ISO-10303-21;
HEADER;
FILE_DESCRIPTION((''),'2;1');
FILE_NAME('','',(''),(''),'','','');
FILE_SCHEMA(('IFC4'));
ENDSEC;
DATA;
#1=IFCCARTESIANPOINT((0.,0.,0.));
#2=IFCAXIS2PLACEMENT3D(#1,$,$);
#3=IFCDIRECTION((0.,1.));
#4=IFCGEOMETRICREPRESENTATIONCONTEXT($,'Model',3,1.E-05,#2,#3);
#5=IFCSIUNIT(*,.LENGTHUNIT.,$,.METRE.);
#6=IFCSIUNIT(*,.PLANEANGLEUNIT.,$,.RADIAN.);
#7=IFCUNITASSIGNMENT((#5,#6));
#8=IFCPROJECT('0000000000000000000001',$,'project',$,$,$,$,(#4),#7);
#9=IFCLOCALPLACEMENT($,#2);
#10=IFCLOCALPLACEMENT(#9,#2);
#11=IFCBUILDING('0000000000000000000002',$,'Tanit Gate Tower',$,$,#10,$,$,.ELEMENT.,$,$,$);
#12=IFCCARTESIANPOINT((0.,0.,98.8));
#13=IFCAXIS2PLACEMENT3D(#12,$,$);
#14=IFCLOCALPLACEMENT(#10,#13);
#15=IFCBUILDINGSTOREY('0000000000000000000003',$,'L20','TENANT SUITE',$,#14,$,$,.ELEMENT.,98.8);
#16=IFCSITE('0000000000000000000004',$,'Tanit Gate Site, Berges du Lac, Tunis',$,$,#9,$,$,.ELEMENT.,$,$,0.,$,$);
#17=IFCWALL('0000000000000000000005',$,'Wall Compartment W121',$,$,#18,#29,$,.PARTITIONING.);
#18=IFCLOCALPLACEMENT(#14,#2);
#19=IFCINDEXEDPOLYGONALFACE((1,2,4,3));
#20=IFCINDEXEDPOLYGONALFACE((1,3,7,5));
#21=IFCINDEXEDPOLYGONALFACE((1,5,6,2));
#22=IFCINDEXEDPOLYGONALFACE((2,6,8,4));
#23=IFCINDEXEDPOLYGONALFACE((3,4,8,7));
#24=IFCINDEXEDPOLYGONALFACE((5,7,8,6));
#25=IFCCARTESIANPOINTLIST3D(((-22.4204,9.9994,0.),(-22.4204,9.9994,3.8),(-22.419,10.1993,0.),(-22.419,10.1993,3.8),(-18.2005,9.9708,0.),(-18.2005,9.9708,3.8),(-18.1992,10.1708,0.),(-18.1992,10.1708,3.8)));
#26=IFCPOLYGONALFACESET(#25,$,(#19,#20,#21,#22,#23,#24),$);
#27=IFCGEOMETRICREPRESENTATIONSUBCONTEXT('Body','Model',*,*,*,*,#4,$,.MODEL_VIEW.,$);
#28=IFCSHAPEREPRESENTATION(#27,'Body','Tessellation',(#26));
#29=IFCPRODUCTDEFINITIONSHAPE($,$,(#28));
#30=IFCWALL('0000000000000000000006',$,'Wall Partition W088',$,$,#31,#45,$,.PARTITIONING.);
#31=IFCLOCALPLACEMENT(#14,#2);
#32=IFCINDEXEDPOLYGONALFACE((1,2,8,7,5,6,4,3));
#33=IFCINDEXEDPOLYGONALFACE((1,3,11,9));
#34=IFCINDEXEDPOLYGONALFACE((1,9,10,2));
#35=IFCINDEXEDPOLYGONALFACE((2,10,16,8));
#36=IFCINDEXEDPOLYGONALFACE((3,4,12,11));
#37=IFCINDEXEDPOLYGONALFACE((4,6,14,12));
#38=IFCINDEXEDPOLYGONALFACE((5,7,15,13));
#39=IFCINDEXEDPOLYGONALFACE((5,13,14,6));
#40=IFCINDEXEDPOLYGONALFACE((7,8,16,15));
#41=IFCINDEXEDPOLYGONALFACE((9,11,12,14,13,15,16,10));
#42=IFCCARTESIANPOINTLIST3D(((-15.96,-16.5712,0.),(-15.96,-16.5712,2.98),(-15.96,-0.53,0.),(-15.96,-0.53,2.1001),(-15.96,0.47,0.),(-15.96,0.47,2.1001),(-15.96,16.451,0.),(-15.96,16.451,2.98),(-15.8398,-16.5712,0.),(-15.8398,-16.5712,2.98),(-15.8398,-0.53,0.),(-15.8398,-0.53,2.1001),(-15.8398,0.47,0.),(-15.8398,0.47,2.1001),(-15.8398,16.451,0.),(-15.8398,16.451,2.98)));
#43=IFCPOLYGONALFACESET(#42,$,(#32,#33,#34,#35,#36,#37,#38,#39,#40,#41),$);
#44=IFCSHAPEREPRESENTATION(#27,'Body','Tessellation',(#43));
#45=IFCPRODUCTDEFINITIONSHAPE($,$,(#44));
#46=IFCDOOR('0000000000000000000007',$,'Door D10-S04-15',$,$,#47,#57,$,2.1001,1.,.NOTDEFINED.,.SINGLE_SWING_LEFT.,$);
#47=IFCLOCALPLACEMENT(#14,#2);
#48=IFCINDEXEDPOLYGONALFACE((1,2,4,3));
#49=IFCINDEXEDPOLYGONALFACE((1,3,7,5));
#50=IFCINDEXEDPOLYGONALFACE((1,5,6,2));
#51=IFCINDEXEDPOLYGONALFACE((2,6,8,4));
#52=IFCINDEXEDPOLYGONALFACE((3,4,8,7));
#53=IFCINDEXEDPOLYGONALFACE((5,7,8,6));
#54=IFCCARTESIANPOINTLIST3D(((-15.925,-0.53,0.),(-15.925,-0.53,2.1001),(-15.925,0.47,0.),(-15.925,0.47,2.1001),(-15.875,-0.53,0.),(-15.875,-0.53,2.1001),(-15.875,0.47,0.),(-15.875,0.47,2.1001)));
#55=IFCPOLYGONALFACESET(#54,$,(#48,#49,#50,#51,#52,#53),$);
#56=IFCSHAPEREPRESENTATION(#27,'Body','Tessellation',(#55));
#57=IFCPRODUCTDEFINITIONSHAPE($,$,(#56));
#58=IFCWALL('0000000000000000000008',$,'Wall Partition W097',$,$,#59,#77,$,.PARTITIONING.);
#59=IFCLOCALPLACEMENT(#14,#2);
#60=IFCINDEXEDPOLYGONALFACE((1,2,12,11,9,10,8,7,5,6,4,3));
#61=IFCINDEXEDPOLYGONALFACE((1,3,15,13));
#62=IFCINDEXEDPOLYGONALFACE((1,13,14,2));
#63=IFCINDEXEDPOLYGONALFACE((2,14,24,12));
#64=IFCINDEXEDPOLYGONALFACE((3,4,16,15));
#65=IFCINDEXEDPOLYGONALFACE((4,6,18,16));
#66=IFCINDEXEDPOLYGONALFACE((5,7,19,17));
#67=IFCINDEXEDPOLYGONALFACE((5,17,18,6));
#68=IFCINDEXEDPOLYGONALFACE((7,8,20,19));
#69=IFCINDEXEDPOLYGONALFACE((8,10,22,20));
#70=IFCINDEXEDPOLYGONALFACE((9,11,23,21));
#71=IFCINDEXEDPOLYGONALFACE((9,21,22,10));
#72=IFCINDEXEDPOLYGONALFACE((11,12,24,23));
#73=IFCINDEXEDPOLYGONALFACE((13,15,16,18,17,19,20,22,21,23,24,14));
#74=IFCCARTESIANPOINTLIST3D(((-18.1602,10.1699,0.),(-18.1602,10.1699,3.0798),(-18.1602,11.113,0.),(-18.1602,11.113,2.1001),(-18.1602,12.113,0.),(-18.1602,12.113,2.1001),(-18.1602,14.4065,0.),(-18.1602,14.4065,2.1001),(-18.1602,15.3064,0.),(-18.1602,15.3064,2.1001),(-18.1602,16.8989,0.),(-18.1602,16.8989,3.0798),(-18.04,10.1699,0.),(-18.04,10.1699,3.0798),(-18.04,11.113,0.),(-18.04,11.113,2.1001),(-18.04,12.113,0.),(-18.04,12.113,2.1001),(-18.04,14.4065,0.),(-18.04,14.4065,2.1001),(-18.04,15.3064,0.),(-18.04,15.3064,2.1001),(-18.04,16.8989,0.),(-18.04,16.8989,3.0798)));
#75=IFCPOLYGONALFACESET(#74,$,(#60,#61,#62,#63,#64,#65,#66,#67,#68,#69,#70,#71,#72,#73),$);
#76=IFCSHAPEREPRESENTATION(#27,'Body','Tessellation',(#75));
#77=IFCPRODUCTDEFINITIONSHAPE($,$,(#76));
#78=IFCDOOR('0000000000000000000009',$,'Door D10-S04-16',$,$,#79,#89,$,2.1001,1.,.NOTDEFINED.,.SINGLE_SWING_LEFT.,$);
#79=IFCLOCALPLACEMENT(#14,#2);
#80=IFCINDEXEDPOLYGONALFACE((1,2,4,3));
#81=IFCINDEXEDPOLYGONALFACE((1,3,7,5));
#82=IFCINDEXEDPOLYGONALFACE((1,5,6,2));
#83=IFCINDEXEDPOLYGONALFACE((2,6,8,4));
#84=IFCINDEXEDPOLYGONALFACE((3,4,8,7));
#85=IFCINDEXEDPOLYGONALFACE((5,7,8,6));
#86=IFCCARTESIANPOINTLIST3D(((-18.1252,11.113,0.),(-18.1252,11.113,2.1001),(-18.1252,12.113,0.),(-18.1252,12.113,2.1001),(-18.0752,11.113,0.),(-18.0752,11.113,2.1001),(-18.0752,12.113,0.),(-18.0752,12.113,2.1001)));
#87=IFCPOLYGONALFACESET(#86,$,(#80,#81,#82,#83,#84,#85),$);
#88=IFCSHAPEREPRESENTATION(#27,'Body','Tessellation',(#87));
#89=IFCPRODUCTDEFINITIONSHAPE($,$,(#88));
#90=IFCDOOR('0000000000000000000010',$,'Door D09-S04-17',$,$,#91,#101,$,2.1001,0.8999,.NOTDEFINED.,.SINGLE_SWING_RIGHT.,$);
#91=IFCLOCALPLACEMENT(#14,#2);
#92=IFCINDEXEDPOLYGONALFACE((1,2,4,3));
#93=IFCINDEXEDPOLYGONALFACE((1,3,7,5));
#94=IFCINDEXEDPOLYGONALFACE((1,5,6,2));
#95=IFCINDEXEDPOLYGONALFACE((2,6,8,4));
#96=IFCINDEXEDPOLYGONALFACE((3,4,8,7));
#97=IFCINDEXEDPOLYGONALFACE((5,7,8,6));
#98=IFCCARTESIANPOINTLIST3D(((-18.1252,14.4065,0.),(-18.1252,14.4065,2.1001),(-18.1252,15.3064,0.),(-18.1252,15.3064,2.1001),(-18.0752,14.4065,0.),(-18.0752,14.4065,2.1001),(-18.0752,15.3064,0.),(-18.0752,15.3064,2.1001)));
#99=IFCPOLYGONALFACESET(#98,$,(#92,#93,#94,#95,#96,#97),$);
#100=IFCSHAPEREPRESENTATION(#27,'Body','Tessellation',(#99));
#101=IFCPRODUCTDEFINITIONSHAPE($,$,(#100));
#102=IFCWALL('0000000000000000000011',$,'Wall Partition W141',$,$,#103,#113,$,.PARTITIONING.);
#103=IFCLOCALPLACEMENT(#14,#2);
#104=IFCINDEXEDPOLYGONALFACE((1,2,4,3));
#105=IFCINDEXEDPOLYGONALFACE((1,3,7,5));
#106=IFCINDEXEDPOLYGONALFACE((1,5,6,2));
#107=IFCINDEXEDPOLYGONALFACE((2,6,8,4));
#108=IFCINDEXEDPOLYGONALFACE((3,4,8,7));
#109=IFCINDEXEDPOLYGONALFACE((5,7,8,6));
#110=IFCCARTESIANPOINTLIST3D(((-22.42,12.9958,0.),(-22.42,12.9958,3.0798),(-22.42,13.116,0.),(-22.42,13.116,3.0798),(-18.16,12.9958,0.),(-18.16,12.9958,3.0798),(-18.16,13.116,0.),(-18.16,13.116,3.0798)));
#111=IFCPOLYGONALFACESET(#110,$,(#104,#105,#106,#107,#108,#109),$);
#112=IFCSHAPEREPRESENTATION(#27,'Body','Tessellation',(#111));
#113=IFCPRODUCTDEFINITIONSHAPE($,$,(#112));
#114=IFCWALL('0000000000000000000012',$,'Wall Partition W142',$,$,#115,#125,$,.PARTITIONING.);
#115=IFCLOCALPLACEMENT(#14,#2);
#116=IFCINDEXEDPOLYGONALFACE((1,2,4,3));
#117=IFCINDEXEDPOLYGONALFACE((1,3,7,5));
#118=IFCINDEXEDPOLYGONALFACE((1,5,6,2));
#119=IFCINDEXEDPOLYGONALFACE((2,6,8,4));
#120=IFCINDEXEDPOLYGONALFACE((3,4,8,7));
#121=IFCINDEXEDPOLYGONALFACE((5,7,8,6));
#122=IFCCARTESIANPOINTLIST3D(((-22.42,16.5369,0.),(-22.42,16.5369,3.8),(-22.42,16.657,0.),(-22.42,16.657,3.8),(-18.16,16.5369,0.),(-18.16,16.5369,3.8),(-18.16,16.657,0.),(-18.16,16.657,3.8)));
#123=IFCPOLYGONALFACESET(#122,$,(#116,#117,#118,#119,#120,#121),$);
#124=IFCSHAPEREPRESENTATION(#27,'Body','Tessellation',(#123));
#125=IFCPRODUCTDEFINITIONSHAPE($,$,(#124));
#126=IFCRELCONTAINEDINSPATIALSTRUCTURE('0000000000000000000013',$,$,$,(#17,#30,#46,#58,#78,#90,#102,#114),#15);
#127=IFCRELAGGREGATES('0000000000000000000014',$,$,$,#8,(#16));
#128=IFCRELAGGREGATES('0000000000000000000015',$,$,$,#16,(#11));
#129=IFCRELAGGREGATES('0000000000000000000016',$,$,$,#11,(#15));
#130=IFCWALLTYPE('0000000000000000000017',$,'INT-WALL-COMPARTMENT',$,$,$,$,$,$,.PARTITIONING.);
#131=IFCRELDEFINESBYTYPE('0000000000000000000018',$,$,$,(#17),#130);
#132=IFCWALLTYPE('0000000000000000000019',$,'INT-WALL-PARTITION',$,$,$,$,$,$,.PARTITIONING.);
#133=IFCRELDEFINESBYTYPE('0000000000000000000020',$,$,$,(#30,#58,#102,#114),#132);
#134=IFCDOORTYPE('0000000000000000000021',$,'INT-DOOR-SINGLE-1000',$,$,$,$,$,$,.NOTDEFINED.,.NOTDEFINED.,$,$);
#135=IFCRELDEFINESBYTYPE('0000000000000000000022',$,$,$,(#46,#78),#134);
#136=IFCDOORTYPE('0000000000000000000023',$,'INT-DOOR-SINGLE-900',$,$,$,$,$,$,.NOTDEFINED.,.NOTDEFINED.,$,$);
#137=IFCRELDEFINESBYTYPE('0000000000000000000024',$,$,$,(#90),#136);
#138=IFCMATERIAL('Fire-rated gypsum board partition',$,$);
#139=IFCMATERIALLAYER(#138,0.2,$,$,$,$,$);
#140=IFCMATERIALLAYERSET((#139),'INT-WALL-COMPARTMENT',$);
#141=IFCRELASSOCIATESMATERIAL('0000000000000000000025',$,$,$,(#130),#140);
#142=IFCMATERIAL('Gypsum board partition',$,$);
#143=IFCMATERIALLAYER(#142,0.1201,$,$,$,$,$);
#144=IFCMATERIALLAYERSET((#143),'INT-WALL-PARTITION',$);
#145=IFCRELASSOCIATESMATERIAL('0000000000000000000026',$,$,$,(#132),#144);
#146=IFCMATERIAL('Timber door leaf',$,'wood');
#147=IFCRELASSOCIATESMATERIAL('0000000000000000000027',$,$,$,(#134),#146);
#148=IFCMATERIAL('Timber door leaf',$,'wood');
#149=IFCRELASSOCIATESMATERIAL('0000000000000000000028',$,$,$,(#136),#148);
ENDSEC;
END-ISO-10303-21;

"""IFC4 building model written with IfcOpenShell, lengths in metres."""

from ifc_helpers import new_model, si_unit, direction, frame, frame_2d, origin, place, context, subcontext, project, spatial, rectangle, extrude, material, layer, layer_set, type_object, element, fill, save


model = new_model("IFC4")

# Units and contexts
model_context = context("Model", 3, precision=1e-05, world=origin(), true_north=direction((0.0, 1.0)))
body_context = subcontext(model_context, "Body", "Model", "MODEL_VIEW")
ifc_project = project(units=[si_unit("LENGTHUNIT", "METRE"), si_unit("PLANEANGLEUNIT", "RADIAN")], contexts=[model_context])

# Site, building, storey
site_placement = place(None, origin())
site = spatial("IfcSite", under=ifc_project, at=site_placement, Name="Tanit Gate Site, Berges du Lac, Tunis", CompositionType="ELEMENT", RefElevation=0.0)
building_placement = place(site_placement, origin())
building = spatial("IfcBuilding", under=site, at=building_placement, Name="Tanit Gate Tower", CompositionType="ELEMENT")
storey_placement = place(building_placement, frame((0.0, 0.0, 98.8)))
storey = spatial("IfcBuildingStorey", under=building, at=storey_placement, Name="L20", Description="TENANT SUITE", CompositionType="ELEMENT", Elevation=98.8)

# Shared definitions
ifc_material_1 = material(Name="Fire-rated gypsum board partition")
ifc_layer_1 = layer(ifc_material_1, 0.2)
ifc_layer_set_1 = layer_set([ifc_layer_1], Name="INT-WALL-COMPARTMENT")
wall_type_1 = type_object("IfcWallType", Name="INT-WALL-COMPARTMENT", PredefinedType="PARTITIONING", material=ifc_layer_set_1)

# Wall
wall_1_placement = place(storey_placement, frame((-18.2, 10.0708, 0.0), z_axis=(0.0, 0.0, 1.0), x_axis=(-0.999977, 0.006769, 0.0)))
element("IfcWall", 1, at=wall_1_placement, inside=storey, type_object=wall_type_1, Name="Wall Compartment W121", PredefinedType="PARTITIONING", context=body_context, shape_type="SweptSolid", body=[
    extrude(rectangle(XDim=4.22, YDim=0.2, at=frame_2d((2.1099, 0.0))), origin(), (0.0, 0.0, 1.0), 3.8),
])

# Wall, opening, door
ifc_material_2 = material(Name="Gypsum board partition")
ifc_layer_2 = layer(ifc_material_2, 0.1201)
ifc_layer_set_2 = layer_set([ifc_layer_2], Name="INT-WALL-PARTITION")
wall_type_2 = type_object("IfcWallType", Name="INT-WALL-PARTITION", PredefinedType="PARTITIONING", material=ifc_layer_set_2)
wall_2_placement = place(storey_placement, frame((-15.8999, 16.4512, 0.0), z_axis=(0.0, 0.0, 1.0), x_axis=(0.0, -1.0, 0.0)))
wall_2 = element("IfcWall", 2, at=wall_2_placement, inside=storey, type_object=wall_type_2, Name="Wall Partition W088", PredefinedType="PARTITIONING", context=body_context, shape_type="SweptSolid", body=[
    extrude(rectangle(XDim=33.0222, YDim=0.1201, at=frame_2d((16.5112, 0.0))), origin(), (0.0, 0.0, 1.0), 2.98),
])
opening_1_placement = place(wall_2_placement, frame((15.9812, 0.0, 0.0)))
opening_1 = element("IfcOpeningElement", 3, at=opening_1_placement, cuts=wall_2, PredefinedType="OPENING", context=body_context, shape_type="SweptSolid", body=[
    extrude(rectangle(XDim=1.0, YDim=2.1001, at=frame_2d((0.5, 1.05))), frame((0.0, 0.0701, 0.0), z_axis=(0.0, -1.0, 0.0), x_axis=(1.0, 0.0, 0.0)), (0.0, 0.0, 1.0), 0.1401),
])
ifc_material_3 = material(Name="Timber door leaf", Category="wood")
door_type_1 = type_object("IfcDoorType", Name="INT-DOOR-SINGLE-1000", OperationType="NOTDEFINED", PredefinedType="NOTDEFINED", material=ifc_material_3)
door_1_placement = place(opening_1_placement, origin())
door_1 = element("IfcDoor", 4, at=door_1_placement, inside=storey, type_object=door_type_1, Name="Door D10-S04-15", OperationType="SINGLE_SWING_LEFT", OverallHeight=2.1001, OverallWidth=1.0, PredefinedType="NOTDEFINED", context=body_context, shape_type="SweptSolid", body=[
    extrude(rectangle(XDim=1.0, YDim=2.1001, at=frame_2d((0.5, 1.05))), frame((0.0, 0.0249, 0.0), z_axis=(0.0, -1.0, 0.0), x_axis=(1.0, 0.0, 0.0)), (0.0, 0.0, 1.0), 0.05),
])
fill(opening_1, door_1)

# Wall, openings, doors
wall_3_placement = place(storey_placement, frame((-18.1001, 16.8989, 0.0), z_axis=(0.0, 0.0, 1.0), x_axis=(0.0, -1.0, 0.0)))
wall_3 = element("IfcWall", 5, at=wall_3_placement, inside=storey, type_object=wall_type_2, Name="Wall Partition W097", PredefinedType="PARTITIONING", context=body_context, shape_type="SweptSolid", body=[
    extrude(rectangle(XDim=6.729, YDim=0.1201, at=frame_2d((3.3645, 0.0))), origin(), (0.0, 0.0, 1.0), 3.0798),
])
opening_2_placement = place(wall_3_placement, frame((4.7859, 0.0, 0.0)))
opening_2 = element("IfcOpeningElement", 6, at=opening_2_placement, cuts=wall_3, PredefinedType="OPENING", context=body_context, shape_type="SweptSolid", body=[
    extrude(rectangle(XDim=1.0, YDim=2.1001, at=frame_2d((0.5, 1.05))), frame((0.0, 0.0701, 0.0), z_axis=(0.0, -1.0, 0.0), x_axis=(1.0, 0.0, 0.0)), (0.0, 0.0, 1.0), 0.1401),
])
opening_3_placement = place(wall_3_placement, frame((1.5925, 0.0, 0.0)))
opening_3 = element("IfcOpeningElement", 7, at=opening_3_placement, cuts=wall_3, PredefinedType="OPENING", context=body_context, shape_type="SweptSolid", body=[
    extrude(rectangle(XDim=0.8999, YDim=2.1001, at=frame_2d((0.45, 1.05))), frame((0.0, 0.0701, 0.0), z_axis=(0.0, -1.0, 0.0), x_axis=(1.0, 0.0, 0.0)), (0.0, 0.0, 1.0), 0.1401),
])
door_2_placement = place(opening_2_placement, origin())
door_2 = element("IfcDoor", 8, at=door_2_placement, inside=storey, type_object=door_type_1, Name="Door D10-S04-16", OperationType="SINGLE_SWING_LEFT", OverallHeight=2.1001, OverallWidth=1.0, PredefinedType="NOTDEFINED", context=body_context, shape_type="SweptSolid", body=[
    extrude(rectangle(XDim=1.0, YDim=2.1001, at=frame_2d((0.5, 1.05))), frame((0.0, 0.0249, 0.0), z_axis=(0.0, -1.0, 0.0), x_axis=(1.0, 0.0, 0.0)), (0.0, 0.0, 1.0), 0.05),
])
fill(opening_2, door_2)
ifc_material_4 = material(Name="Timber door leaf", Category="wood")
door_type_2 = type_object("IfcDoorType", Name="INT-DOOR-SINGLE-900", OperationType="NOTDEFINED", PredefinedType="NOTDEFINED", material=ifc_material_4)
door_3_placement = place(opening_3_placement, origin())
door_3 = element("IfcDoor", 9, at=door_3_placement, inside=storey, type_object=door_type_2, Name="Door D09-S04-17", OperationType="SINGLE_SWING_RIGHT", OverallHeight=2.1001, OverallWidth=0.8999, PredefinedType="NOTDEFINED", context=body_context, shape_type="SweptSolid", body=[
    extrude(rectangle(XDim=0.8999, YDim=2.1001, at=frame_2d((0.45, 1.05))), frame((0.0, 0.0249, 0.0), z_axis=(0.0, -1.0, 0.0), x_axis=(1.0, 0.0, 0.0)), (0.0, 0.0, 1.0), 0.05),
])
fill(opening_3, door_3)

# Walls
wall_4_placement = place(storey_placement, frame((-22.4199, 13.0559, 0.0), z_axis=(0.0, 0.0, 1.0), x_axis=(1.0, 0.0, 0.0)))
element("IfcWall", 10, at=wall_4_placement, inside=storey, type_object=wall_type_2, Name="Wall Partition W141", PredefinedType="PARTITIONING", context=body_context, shape_type="SweptSolid", body=[
    extrude(rectangle(XDim=4.26, YDim=0.1201, at=frame_2d((2.1299, 0.0))), origin(), (0.0, 0.0, 1.0), 3.0798),
])
wall_5_placement = place(storey_placement, frame((-22.4199, 16.5969, 0.0), z_axis=(0.0, 0.0, 1.0), x_axis=(1.0, 0.0, 0.0)))
element("IfcWall", 11, at=wall_5_placement, inside=storey, type_object=wall_type_2, Name="Wall Partition W142", PredefinedType="PARTITIONING", context=body_context, shape_type="SweptSolid", body=[
    extrude(rectangle(XDim=4.26, YDim=0.1201, at=frame_2d((2.1299, 0.0))), origin(), (0.0, 0.0, 1.0), 3.8),
])

save(model, "model.ifc")
